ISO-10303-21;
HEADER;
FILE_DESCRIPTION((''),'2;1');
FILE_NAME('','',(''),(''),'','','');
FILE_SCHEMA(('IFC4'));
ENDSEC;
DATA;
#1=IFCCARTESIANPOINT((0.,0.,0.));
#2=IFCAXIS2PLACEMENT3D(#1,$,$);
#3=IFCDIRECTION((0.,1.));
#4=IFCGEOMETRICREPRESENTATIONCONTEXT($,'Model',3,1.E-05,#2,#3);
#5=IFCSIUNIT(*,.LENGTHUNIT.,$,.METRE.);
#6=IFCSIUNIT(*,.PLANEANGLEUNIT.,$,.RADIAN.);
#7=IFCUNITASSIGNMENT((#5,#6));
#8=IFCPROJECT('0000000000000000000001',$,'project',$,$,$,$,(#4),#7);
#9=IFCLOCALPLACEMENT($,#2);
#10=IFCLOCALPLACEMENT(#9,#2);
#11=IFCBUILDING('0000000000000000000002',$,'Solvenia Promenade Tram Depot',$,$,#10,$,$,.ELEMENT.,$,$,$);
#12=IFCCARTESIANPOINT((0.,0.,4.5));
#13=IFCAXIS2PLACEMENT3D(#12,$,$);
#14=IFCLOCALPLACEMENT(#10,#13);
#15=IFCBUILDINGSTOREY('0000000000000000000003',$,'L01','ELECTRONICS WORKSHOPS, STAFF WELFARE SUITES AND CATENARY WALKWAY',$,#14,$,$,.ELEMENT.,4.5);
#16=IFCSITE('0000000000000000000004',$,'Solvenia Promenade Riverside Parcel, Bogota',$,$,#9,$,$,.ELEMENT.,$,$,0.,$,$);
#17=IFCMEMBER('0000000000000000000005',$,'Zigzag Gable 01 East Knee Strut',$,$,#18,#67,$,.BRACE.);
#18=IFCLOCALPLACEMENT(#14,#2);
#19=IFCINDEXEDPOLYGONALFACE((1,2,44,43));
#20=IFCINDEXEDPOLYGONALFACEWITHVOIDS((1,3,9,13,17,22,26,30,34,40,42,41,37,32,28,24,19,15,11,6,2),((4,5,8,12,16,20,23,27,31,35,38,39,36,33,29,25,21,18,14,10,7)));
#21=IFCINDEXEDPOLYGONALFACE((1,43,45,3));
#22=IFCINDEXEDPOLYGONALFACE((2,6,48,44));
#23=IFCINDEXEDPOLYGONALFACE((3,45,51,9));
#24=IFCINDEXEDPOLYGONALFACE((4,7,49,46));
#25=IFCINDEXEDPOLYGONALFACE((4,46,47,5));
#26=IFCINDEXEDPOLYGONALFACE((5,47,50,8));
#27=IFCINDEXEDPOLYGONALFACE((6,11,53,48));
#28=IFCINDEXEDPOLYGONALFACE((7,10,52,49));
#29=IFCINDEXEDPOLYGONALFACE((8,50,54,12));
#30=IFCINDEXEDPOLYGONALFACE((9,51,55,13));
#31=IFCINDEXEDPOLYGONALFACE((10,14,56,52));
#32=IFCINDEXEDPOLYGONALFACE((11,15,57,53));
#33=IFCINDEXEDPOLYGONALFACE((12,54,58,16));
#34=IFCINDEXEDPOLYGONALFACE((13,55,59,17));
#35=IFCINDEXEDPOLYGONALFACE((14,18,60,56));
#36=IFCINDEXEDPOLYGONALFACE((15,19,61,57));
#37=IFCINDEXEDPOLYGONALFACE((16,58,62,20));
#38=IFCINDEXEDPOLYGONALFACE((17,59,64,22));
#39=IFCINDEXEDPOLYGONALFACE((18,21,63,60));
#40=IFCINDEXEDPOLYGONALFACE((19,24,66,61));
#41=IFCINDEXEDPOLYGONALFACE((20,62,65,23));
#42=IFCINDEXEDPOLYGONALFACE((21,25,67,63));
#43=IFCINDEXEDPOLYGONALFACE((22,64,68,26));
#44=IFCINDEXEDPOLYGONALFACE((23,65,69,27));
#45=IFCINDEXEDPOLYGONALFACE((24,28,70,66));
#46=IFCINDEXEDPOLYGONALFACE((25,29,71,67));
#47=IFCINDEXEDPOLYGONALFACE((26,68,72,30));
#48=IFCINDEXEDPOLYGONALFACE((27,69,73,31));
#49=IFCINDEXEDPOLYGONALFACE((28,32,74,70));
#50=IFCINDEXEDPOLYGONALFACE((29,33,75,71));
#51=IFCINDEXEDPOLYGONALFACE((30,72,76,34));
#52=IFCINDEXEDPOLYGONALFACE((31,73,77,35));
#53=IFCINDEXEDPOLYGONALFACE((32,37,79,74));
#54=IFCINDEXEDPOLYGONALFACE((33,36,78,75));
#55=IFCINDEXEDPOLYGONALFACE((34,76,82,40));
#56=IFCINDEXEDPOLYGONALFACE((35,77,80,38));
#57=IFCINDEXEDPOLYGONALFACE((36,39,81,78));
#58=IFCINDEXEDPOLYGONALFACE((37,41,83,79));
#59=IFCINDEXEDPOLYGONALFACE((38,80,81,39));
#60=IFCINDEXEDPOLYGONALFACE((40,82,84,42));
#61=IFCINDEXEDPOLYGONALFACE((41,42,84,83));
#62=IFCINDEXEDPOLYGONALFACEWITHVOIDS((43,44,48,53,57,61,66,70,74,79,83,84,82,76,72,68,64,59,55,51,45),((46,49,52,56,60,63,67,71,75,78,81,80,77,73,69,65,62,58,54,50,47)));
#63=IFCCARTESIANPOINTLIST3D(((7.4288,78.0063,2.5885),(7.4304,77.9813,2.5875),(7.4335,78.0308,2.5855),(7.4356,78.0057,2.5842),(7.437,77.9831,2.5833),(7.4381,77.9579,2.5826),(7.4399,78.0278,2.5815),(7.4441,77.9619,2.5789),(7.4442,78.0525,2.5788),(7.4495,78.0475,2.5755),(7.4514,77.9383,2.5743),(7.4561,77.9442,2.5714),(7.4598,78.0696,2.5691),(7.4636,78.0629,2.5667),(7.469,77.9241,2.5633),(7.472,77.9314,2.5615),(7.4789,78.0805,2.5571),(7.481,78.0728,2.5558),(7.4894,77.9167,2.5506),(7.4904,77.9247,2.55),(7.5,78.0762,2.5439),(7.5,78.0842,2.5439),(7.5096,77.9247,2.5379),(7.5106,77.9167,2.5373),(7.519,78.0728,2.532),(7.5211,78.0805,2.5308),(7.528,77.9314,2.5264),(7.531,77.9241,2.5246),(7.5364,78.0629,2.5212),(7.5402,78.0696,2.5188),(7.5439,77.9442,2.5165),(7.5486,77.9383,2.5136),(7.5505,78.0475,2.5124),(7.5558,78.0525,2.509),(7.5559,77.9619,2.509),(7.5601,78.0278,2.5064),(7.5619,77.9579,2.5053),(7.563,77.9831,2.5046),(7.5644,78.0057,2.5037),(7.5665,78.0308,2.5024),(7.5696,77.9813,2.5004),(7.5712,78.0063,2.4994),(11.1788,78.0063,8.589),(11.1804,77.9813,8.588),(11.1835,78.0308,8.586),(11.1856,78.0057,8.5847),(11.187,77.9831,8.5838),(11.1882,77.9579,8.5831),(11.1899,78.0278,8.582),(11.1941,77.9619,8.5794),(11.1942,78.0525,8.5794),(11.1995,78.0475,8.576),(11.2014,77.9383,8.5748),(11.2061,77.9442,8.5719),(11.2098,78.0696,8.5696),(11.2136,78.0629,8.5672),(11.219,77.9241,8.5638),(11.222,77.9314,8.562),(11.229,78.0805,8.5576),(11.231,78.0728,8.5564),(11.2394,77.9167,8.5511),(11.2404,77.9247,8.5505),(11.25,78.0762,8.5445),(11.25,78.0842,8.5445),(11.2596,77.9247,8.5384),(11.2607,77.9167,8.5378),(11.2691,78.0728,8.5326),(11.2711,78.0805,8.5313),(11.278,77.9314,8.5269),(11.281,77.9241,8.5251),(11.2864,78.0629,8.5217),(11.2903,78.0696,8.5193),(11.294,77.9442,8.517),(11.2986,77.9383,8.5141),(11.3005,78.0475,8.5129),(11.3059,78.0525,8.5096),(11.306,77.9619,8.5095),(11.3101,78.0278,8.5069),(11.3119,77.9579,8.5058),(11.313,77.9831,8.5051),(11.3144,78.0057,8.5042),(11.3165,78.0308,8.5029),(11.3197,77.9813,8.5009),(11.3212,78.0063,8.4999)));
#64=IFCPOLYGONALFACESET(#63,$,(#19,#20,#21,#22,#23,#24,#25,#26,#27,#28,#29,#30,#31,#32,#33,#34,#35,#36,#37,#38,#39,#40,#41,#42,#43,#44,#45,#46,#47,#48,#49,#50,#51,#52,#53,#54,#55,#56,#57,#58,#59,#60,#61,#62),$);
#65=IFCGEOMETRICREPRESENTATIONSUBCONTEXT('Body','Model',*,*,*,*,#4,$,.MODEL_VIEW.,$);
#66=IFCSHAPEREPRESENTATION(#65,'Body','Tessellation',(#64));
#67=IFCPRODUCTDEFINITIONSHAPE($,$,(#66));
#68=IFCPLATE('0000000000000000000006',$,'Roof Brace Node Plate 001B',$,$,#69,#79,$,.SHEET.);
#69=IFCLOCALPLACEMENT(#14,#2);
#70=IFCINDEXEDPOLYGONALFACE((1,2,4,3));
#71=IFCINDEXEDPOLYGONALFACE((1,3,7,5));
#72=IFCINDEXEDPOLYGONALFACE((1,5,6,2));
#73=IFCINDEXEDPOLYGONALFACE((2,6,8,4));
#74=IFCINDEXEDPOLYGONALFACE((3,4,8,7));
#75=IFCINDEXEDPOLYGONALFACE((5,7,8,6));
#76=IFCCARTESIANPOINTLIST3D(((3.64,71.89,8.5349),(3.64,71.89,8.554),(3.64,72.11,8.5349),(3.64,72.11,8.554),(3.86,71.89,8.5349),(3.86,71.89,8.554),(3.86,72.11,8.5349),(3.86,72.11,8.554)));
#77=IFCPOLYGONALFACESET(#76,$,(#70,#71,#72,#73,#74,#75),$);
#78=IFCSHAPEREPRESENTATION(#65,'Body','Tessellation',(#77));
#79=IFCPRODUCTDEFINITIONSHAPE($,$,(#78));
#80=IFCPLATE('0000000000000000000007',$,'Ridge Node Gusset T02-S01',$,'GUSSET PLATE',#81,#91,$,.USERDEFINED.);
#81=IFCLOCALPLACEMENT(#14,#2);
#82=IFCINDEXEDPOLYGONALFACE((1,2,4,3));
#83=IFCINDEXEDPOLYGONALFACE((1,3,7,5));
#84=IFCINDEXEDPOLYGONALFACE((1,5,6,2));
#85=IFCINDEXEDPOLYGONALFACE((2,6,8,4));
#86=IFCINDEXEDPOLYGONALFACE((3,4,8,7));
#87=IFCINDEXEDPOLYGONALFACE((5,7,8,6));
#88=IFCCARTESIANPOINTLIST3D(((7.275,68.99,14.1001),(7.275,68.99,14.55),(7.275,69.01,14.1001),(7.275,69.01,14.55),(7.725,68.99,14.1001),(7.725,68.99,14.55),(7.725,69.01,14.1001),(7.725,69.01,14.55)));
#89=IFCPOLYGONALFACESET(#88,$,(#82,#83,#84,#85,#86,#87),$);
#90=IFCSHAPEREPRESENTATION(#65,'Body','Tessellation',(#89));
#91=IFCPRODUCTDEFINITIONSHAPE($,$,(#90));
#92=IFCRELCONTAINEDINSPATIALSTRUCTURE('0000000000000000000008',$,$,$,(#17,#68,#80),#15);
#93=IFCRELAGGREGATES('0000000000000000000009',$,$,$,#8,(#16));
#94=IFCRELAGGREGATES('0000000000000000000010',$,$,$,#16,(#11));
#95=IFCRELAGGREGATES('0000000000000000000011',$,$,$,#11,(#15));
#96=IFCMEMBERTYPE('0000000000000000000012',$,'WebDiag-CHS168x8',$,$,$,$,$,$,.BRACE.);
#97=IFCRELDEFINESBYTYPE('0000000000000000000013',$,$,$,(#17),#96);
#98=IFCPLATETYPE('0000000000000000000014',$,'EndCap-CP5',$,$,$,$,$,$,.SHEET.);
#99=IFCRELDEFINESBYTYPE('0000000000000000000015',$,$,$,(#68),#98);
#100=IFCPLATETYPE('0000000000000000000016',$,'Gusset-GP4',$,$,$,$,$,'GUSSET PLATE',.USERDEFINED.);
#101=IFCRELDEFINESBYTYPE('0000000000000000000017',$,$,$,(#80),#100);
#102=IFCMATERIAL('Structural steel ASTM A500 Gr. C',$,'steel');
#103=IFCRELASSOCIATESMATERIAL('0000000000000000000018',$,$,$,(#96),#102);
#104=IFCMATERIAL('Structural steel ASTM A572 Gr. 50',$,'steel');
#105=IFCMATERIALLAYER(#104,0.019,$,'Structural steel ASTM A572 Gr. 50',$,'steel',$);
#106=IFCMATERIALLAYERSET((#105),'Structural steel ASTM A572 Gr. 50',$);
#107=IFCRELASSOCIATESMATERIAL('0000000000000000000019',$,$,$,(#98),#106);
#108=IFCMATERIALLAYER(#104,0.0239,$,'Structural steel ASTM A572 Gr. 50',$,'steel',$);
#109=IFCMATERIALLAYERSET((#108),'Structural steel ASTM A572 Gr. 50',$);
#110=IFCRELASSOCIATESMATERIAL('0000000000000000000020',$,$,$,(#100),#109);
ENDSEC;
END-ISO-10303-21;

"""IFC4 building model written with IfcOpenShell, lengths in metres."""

from ifc_helpers import new_model, si_unit, direction, frame, origin, origin_2d, place, context, subcontext, project, spatial, rectangle, hollow_circle, extrude, material, layer, layer_set, material_profile, profile_set, type_object, element, save


model = new_model("IFC4")

# Units and contexts
model_context = context("Model", 3, precision=1e-05, world=origin(), true_north=direction((0.0, 1.0)))
body_context = subcontext(model_context, "Body", "Model", "MODEL_VIEW")
ifc_project = project(units=[si_unit("LENGTHUNIT", "METRE"), si_unit("PLANEANGLEUNIT", "RADIAN")], contexts=[model_context])

# Site, building, storey
site_placement = place(None, origin())
site = spatial("IfcSite", under=ifc_project, at=site_placement, Name="Solvenia Promenade Riverside Parcel, Bogota", CompositionType="ELEMENT", RefElevation=0.0)
building_placement = place(site_placement, origin())
building = spatial("IfcBuilding", under=site, at=building_placement, Name="Solvenia Promenade Tram Depot", CompositionType="ELEMENT")
storey_placement = place(building_placement, frame((0.0, 0.0, 4.5)))
storey = spatial("IfcBuildingStorey", under=building, at=storey_placement, Name="L01", Description="ELECTRONICS WORKSHOPS, STAFF WELFARE SUITES AND CATENARY WALKWAY", CompositionType="ELEMENT", Elevation=4.5)

# Shared definitions
ifc_material_1 = material(Name="Structural steel ASTM A500 Gr. C", Category="steel")

# Member
ifc_material_profile_1 = material_profile(ifc_material_1, hollow_circle(Radius=0.0842, WallThickness=0.0081, at=origin_2d()), Name="CHS168.3x8", Category="steel")
ifc_profile_set_1 = profile_set([ifc_material_profile_1], Name="Structural steel ASTM A500 Gr. C")
member_type_1 = type_object("IfcMemberType", Name="WebDiag-CHS168x8", PredefinedType="BRACE", material=ifc_profile_set_1)
for number, where, z_axis, x_axis, name in (
    (1, (7.5, 78.0, 2.5439), (0.529968, 0.0, 0.848018), (0.0, 1.0, 0.0), "Zigzag Gable 01 East Knee Strut"),
):
    element("IfcMember", number, at=place(storey_placement, frame(where, z_axis=z_axis, x_axis=x_axis)), inside=storey, type_object=member_type_1, Name=name, PredefinedType="BRACE", context=body_context, shape_type="SweptSolid", body=[
        extrude(hollow_circle(Radius=0.0842, WallThickness=0.0081, at=origin_2d()), origin(), (0.0, 0.0, 1.0), 7.0759),
    ])

# Plates
ifc_material_2 = material(Name="Structural steel ASTM A572 Gr. 50", Category="steel")
ifc_layer_1 = layer(ifc_material_2, 0.019, Name="Structural steel ASTM A572 Gr. 50", Category="steel")
ifc_layer_set_1 = layer_set([ifc_layer_1], Name="Structural steel ASTM A572 Gr. 50")
plate_type_1 = type_object("IfcPlateType", Name="EndCap-CP5", PredefinedType="SHEET", material=ifc_layer_set_1)
plate_1_placement = place(storey_placement, frame((3.75, 72.0, 8.5349), z_axis=(0.0, 0.0, 1.0), x_axis=(1.0, 0.0, 0.0)))
element("IfcPlate", 2, at=plate_1_placement, inside=storey, type_object=plate_type_1, Name="Roof Brace Node Plate 001B", PredefinedType="SHEET", context=body_context, shape_type="SweptSolid", body=[
    extrude(rectangle(XDim=0.22, YDim=0.22, at=origin_2d()), origin(), (0.0, 0.0, 1.0), 0.019),
])
ifc_layer_2 = layer(ifc_material_2, 0.0239, Name="Structural steel ASTM A572 Gr. 50", Category="steel")
ifc_layer_set_2 = layer_set([ifc_layer_2], Name="Structural steel ASTM A572 Gr. 50")
plate_type_2 = type_object("IfcPlateType", Name="Gusset-GP4", ElementType="GUSSET PLATE", PredefinedType="USERDEFINED", material=ifc_layer_set_2)
plate_2_placement = place(storey_placement, frame((7.5, 69.0, 14.1001), z_axis=(0.0, 0.0, 1.0), x_axis=(1.0, 0.0, 0.0)))
element("IfcPlate", 3, at=plate_2_placement, inside=storey, type_object=plate_type_2, Name="Ridge Node Gusset T02-S01", ObjectType="GUSSET PLATE", PredefinedType="USERDEFINED", context=body_context, shape_type="SweptSolid", body=[
    extrude(rectangle(XDim=0.45, YDim=0.02, at=origin_2d()), origin(), (0.0, 0.0, 1.0), 0.45),
])

save(model, "model.ifc")
